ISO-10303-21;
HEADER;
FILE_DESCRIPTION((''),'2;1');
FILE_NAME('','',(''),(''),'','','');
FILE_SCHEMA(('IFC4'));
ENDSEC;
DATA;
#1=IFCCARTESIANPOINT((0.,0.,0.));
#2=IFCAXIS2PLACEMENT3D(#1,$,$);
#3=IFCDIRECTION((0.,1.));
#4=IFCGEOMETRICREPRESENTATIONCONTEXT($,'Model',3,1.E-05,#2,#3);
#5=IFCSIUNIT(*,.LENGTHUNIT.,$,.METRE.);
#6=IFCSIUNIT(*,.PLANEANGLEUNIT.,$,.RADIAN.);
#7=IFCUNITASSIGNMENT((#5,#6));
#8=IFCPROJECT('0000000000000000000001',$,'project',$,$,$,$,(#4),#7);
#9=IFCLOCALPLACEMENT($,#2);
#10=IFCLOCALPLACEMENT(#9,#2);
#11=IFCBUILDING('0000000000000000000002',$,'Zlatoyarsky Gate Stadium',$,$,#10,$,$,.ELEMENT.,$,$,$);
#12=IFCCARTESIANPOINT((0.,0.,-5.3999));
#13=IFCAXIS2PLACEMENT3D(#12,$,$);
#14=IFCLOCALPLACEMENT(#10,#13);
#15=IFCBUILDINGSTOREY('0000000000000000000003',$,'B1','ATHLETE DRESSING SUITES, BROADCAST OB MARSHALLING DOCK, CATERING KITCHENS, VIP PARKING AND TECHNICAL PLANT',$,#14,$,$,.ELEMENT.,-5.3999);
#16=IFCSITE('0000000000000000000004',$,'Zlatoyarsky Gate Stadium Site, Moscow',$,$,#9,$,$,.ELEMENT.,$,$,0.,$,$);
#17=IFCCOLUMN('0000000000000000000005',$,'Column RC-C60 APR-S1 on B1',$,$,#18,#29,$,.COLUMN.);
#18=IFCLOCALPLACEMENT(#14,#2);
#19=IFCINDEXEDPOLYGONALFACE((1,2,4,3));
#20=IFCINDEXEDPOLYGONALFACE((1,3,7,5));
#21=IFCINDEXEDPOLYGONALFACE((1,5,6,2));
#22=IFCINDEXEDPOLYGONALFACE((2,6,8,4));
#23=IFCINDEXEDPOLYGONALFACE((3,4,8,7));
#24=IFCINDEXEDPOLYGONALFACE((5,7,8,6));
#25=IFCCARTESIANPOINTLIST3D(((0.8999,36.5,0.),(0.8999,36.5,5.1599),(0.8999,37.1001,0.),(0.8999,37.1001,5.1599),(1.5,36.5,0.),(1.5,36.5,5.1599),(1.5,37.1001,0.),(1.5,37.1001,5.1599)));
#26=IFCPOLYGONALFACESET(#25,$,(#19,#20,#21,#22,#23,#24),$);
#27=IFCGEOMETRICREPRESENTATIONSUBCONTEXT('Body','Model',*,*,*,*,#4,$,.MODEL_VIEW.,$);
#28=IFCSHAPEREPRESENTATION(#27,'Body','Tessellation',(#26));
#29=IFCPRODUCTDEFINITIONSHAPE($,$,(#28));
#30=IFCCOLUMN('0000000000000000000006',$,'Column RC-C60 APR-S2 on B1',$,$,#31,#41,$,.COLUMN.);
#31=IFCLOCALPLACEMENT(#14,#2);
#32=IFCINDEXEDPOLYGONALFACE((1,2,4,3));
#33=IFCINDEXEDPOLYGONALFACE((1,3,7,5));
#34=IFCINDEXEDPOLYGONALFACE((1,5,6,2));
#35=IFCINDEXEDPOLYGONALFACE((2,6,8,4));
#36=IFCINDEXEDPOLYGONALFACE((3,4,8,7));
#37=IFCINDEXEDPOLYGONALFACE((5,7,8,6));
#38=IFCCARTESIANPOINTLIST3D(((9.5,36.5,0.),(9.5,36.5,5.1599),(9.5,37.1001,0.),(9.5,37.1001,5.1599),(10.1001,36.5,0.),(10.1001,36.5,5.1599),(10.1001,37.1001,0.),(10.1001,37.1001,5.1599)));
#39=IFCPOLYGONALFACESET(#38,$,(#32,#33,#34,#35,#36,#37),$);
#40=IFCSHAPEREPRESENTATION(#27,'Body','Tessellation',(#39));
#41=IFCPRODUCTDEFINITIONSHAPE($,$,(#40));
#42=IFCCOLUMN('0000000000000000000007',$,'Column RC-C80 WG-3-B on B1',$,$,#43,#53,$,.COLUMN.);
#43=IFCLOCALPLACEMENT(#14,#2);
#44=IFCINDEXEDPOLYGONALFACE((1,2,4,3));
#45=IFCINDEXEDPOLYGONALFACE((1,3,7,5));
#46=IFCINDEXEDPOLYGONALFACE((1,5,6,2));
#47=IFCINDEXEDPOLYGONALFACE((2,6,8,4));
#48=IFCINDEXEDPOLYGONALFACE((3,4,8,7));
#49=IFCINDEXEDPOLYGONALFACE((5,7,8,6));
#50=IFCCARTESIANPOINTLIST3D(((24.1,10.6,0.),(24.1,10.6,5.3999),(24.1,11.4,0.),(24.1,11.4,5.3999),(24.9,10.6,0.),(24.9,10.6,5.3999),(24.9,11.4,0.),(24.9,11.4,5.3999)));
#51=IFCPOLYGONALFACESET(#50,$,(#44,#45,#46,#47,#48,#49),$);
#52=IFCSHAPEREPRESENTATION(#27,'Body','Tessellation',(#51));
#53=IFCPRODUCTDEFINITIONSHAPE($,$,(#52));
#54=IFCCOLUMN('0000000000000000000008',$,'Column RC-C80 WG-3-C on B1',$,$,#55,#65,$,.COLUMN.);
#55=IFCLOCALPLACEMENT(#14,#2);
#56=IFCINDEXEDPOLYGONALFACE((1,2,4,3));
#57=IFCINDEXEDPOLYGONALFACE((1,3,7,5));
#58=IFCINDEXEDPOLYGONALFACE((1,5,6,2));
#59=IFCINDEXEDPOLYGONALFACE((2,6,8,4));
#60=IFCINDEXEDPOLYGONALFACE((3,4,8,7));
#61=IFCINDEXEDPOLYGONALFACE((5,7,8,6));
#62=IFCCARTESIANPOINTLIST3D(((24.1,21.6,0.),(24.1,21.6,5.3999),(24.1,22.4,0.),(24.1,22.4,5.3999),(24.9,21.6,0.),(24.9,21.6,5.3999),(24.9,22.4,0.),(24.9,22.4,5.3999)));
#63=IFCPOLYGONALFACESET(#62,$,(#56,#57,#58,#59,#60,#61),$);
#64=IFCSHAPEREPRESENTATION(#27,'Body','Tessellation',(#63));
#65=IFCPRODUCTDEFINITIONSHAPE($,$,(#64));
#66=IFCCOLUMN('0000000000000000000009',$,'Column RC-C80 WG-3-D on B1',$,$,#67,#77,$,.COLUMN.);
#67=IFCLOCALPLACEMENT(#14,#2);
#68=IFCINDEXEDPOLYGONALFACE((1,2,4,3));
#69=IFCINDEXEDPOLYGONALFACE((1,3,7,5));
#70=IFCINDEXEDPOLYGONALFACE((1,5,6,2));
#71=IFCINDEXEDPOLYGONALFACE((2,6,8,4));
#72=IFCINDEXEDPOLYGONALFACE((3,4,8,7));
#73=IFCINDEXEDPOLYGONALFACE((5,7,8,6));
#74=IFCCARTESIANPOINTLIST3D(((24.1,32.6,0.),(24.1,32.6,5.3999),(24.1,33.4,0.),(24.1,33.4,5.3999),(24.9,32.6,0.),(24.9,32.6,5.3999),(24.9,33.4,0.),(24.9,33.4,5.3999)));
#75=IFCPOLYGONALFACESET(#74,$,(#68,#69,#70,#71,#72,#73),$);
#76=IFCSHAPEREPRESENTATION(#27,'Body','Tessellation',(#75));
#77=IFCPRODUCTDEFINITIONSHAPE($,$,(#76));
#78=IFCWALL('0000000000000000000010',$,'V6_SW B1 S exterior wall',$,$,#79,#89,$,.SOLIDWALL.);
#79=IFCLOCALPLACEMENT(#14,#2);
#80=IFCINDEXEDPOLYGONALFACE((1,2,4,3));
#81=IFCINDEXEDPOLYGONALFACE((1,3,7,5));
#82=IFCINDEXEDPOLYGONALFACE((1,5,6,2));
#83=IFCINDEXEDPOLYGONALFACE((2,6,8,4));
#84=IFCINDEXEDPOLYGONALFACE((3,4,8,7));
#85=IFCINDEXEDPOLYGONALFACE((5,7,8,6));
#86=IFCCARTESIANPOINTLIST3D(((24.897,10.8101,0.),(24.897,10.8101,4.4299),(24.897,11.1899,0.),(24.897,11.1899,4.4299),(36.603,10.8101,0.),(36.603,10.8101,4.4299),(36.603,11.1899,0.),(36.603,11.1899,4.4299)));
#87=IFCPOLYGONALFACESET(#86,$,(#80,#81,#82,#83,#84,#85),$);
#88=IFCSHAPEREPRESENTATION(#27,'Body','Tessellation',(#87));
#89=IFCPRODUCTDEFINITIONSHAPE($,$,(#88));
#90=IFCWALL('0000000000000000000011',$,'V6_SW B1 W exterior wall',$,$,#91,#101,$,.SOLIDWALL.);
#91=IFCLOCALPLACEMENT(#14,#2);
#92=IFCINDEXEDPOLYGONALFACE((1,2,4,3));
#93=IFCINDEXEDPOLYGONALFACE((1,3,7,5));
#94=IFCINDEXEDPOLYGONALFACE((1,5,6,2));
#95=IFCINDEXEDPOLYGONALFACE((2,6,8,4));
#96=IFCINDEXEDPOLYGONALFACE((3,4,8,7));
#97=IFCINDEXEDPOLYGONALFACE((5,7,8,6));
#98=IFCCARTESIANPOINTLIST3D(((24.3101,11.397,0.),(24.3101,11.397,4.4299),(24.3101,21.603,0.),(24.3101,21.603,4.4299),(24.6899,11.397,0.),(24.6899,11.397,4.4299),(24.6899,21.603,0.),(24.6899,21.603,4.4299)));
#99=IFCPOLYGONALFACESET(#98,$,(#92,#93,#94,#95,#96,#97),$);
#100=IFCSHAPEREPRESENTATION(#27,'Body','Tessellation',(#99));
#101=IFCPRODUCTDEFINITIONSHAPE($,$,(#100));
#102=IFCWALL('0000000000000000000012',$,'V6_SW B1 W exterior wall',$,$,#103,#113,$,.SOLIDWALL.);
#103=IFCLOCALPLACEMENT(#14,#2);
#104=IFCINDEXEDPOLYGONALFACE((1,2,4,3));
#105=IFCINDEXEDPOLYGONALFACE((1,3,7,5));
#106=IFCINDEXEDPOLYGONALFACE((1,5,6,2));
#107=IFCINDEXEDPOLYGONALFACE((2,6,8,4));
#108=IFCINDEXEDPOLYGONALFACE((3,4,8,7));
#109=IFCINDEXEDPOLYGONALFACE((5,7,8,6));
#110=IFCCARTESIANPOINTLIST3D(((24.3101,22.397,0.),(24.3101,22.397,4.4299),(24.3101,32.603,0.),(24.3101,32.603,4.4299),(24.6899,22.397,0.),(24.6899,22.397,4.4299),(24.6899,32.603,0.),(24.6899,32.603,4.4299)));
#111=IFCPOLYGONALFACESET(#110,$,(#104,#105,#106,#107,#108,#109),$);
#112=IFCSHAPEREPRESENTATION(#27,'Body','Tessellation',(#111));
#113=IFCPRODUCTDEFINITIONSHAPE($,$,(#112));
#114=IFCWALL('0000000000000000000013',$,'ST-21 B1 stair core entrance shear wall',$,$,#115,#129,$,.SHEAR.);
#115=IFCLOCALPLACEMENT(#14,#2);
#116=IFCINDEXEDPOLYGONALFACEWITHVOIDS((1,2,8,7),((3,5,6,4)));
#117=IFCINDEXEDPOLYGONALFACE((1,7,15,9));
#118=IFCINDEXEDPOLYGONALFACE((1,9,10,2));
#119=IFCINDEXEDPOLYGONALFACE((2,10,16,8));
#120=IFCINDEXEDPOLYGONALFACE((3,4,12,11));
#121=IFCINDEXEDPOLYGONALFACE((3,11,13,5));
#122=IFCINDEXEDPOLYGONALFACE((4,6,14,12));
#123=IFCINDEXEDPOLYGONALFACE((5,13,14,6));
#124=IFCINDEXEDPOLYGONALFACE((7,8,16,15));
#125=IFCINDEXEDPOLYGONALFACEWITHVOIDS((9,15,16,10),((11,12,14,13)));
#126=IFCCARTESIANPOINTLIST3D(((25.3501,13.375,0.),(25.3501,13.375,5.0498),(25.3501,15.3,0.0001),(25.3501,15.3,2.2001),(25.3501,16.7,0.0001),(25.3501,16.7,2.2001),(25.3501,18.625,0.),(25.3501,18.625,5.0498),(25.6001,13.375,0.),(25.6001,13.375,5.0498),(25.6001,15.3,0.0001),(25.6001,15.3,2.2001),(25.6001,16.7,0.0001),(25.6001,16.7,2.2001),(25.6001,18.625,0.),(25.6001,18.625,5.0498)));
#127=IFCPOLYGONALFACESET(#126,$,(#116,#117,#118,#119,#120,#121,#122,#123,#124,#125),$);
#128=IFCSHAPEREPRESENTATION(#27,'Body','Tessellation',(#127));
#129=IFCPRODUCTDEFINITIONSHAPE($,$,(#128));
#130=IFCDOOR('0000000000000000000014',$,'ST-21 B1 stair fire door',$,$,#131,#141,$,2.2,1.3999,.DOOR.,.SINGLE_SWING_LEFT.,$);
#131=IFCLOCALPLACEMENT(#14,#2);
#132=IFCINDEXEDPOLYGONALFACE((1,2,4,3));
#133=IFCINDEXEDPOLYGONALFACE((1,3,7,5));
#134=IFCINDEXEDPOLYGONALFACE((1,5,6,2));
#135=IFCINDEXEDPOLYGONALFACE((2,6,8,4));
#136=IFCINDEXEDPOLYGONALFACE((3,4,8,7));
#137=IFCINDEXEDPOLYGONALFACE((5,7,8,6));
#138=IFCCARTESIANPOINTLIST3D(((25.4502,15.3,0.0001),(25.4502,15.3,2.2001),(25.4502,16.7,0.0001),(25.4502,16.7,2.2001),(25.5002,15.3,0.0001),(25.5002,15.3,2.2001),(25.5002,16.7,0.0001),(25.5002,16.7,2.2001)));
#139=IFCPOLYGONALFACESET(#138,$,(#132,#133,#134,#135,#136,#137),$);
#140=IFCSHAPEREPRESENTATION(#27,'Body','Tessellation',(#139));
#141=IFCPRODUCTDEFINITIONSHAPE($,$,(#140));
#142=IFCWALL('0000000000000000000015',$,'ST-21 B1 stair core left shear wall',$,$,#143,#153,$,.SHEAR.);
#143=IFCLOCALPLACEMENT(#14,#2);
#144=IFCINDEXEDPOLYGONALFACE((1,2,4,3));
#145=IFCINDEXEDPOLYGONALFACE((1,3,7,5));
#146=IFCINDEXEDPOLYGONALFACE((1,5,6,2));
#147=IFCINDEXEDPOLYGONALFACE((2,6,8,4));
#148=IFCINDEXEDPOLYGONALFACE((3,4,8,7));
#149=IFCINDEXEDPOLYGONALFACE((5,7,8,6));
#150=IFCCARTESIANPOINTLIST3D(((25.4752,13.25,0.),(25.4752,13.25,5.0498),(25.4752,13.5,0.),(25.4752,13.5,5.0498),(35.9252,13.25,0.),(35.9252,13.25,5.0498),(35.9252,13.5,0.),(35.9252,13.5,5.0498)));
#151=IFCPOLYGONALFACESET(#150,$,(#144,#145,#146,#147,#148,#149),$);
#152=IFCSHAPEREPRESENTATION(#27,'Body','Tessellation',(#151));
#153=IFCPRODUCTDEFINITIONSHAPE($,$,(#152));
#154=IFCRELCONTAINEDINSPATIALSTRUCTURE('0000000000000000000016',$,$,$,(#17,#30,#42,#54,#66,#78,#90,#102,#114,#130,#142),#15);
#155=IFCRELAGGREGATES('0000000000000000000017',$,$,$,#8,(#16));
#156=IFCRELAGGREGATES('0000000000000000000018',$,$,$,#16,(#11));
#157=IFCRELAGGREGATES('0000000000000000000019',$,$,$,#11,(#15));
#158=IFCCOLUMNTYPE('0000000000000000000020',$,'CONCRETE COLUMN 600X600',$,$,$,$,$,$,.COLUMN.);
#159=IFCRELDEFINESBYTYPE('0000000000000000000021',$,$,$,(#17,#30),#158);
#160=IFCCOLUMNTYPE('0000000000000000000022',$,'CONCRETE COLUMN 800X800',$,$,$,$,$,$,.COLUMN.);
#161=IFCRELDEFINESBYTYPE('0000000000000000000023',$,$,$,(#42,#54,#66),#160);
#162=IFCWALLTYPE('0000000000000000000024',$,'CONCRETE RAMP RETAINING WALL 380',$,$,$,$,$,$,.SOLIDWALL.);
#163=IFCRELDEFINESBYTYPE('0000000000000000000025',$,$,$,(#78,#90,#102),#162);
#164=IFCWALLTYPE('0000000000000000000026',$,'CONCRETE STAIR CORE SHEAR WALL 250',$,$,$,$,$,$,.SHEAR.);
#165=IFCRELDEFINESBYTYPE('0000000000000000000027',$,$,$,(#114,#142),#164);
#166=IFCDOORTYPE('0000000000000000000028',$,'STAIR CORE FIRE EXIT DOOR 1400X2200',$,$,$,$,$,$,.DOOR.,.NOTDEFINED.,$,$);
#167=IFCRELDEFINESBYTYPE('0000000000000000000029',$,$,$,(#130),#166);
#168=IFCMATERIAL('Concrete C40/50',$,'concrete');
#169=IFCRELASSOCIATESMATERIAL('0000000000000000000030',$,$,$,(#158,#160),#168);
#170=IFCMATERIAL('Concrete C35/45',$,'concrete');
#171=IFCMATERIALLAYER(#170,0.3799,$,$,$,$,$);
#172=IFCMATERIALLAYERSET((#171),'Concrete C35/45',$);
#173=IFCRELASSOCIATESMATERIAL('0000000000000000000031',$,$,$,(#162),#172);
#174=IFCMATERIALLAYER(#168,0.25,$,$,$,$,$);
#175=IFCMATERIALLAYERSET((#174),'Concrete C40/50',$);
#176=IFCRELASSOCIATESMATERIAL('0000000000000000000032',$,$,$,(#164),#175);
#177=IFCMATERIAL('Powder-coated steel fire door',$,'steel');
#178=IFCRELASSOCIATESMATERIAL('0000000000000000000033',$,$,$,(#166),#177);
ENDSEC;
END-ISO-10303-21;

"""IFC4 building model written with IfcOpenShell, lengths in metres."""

from ifc_helpers import new_model, si_unit, direction, frame, frame_2d, origin, origin_2d, place, context, subcontext, project, spatial, rectangle, extrude, material, layer, layer_set, material_profile, profile_set, type_object, element, fill, save


model = new_model("IFC4")

# Units and contexts
model_context = context("Model", 3, precision=1e-05, world=origin(), true_north=direction((0.0, 1.0)))
body_context = subcontext(model_context, "Body", "Model", "MODEL_VIEW")
ifc_project = project(units=[si_unit("LENGTHUNIT", "METRE"), si_unit("PLANEANGLEUNIT", "RADIAN")], contexts=[model_context])

# Site, building, storey
site_placement = place(None, origin())
site = spatial("IfcSite", under=ifc_project, at=site_placement, Name="Zlatoyarsky Gate Stadium Site, Moscow", CompositionType="ELEMENT", RefElevation=0.0)
building_placement = place(site_placement, origin())
building = spatial("IfcBuilding", under=site, at=building_placement, Name="Zlatoyarsky Gate Stadium", CompositionType="ELEMENT")
storey_placement = place(building_placement, frame((0.0, 0.0, -5.3999)))
storey = spatial("IfcBuildingStorey", under=building, at=storey_placement, Name="B1", Description="ATHLETE DRESSING SUITES, BROADCAST OB MARSHALLING DOCK, CATERING KITCHENS, VIP PARKING AND TECHNICAL PLANT", CompositionType="ELEMENT", Elevation=-5.3999)

# Shared definitions
ifc_material_1 = material(Name="Concrete C35/45", Category="concrete")

# Columns
ifc_material_2 = material(Name="Concrete C40/50", Category="concrete")
ifc_material_profile_1 = material_profile(ifc_material_2, rectangle(XDim=0.6001, YDim=0.6001, at=origin_2d()), Name="RC COL 600X600")
ifc_profile_set_1 = profile_set([ifc_material_profile_1], Name="Concrete C40/50")
column_type_1 = type_object("IfcColumnType", Name="CONCRETE COLUMN 600X600", PredefinedType="COLUMN", material=ifc_profile_set_1)
for number, where, z_axis, x_axis, name in (
    (1, (1.2, 36.8, 0.0), (0.0, 0.0, 1.0), (1.0, 0.0, 0.0), "Column RC-C60 APR-S1 on B1"),
    (2, (9.8, 36.8, 0.0), (0.0, 0.0, 1.0), (1.0, 0.0, 0.0), "Column RC-C60 APR-S2 on B1"),
):
    element("IfcColumn", number, at=place(storey_placement, frame(where, z_axis=z_axis, x_axis=x_axis)), inside=storey, type_object=column_type_1, Name=name, PredefinedType="COLUMN", context=body_context, shape_type="SweptSolid", body=[
        extrude(rectangle(XDim=0.6001, YDim=0.6001, at=origin_2d()), origin(), (0.0, 0.0, 1.0), 5.1599),
    ])
ifc_material_profile_2 = material_profile(ifc_material_2, rectangle(XDim=0.8, YDim=0.8, at=origin_2d()), Name="RC COL 800X800")
ifc_profile_set_2 = profile_set([ifc_material_profile_2], Name="Concrete C40/50")
column_type_2 = type_object("IfcColumnType", Name="CONCRETE COLUMN 800X800", PredefinedType="COLUMN", material=ifc_profile_set_2)
for number, where, z_axis, x_axis, name in (
    (3, (24.5, 11.0, 0.0), (0.0, 0.0, 1.0), (1.0, 0.0, 0.0), "Column RC-C80 WG-3-B on B1"),
    (4, (24.5, 22.0, 0.0), (0.0, 0.0, 1.0), (1.0, 0.0, 0.0), "Column RC-C80 WG-3-C on B1"),
    (5, (24.5, 33.0, 0.0), (0.0, 0.0, 1.0), (1.0, 0.0, 0.0), "Column RC-C80 WG-3-D on B1"),
):
    element("IfcColumn", number, at=place(storey_placement, frame(where, z_axis=z_axis, x_axis=x_axis)), inside=storey, type_object=column_type_2, Name=name, PredefinedType="COLUMN", context=body_context, shape_type="SweptSolid", body=[
        extrude(rectangle(XDim=0.8, YDim=0.8, at=origin_2d()), origin(), (0.0, 0.0, 1.0), 5.3999),
    ])

# Walls
ifc_layer_1 = layer(ifc_material_1, 0.3799)
ifc_layer_set_1 = layer_set([ifc_layer_1], Name="Concrete C35/45")
wall_type_1 = type_object("IfcWallType", Name="CONCRETE RAMP RETAINING WALL 380", PredefinedType="SOLIDWALL", material=ifc_layer_set_1)
wall_1_placement = place(storey_placement, frame((24.897, 11.0, 0.0), z_axis=(0.0, 0.0, 1.0), x_axis=(1.0, 0.0, 0.0)))
element("IfcWall", 6, at=wall_1_placement, inside=storey, type_object=wall_type_1, Name="V6_SW B1 S exterior wall", PredefinedType="SOLIDWALL", context=body_context, shape_type="SweptSolid", body=[
    extrude(rectangle(XDim=11.7061, YDim=0.3799, at=frame_2d((5.853, 0.0))), origin(), (0.0, 0.0, 1.0), 4.4299),
])
for number, where, z_axis, x_axis, name in (
    (7, (24.5, 11.397, 0.0), (0.0, 0.0, 1.0), (0.0, 1.0, 0.0), "V6_SW B1 W exterior wall"),
    (8, (24.5, 22.397, 0.0), (0.0, 0.0, 1.0), (0.0, 1.0, 0.0), "V6_SW B1 W exterior wall"),
):
    element("IfcWall", number, at=place(storey_placement, frame(where, z_axis=z_axis, x_axis=x_axis)), inside=storey, type_object=wall_type_1, Name=name, PredefinedType="SOLIDWALL", context=body_context, shape_type="SweptSolid", body=[
        extrude(rectangle(XDim=10.2061, YDim=0.3799, at=frame_2d((5.103, 0.0))), origin(), (0.0, 0.0, 1.0), 4.4299),
    ])

# Wall, opening, door
ifc_layer_2 = layer(ifc_material_2, 0.25)
ifc_layer_set_2 = layer_set([ifc_layer_2], Name="Concrete C40/50")
wall_type_2 = type_object("IfcWallType", Name="CONCRETE STAIR CORE SHEAR WALL 250", PredefinedType="SHEAR", material=ifc_layer_set_2)
wall_2_placement = place(storey_placement, frame((25.4751, 18.625, 0.0), z_axis=(0.0, 0.0, 1.0), x_axis=(0.0, -1.0, 0.0)))
wall_2 = element("IfcWall", 9, at=wall_2_placement, inside=storey, type_object=wall_type_2, Name="ST-21 B1 stair core entrance shear wall", PredefinedType="SHEAR", context=body_context, shape_type="SweptSolid", body=[
    extrude(rectangle(XDim=5.25, YDim=0.25, at=frame_2d((2.625, 0.0))), origin(), (0.0, 0.0, 1.0), 5.0498),
])
opening_placement = place(wall_2_placement, frame((1.925, 0.0, 0.0)))
opening = element("IfcOpeningElement", 10, at=opening_placement, cuts=wall_2, PredefinedType="OPENING", context=body_context, shape_type="SweptSolid", body=[
    extrude(rectangle(XDim=1.3999, YDim=2.2, at=frame_2d((0.7, 1.1001))), frame((0.0, 0.135, 0.0), z_axis=(0.0, -1.0, 0.0), x_axis=(1.0, 0.0, 0.0)), (0.0, 0.0, 1.0), 0.27),
])
ifc_material_3 = material(Name="Powder-coated steel fire door", Category="steel")
door_type = type_object("IfcDoorType", Name="STAIR CORE FIRE EXIT DOOR 1400X2200", OperationType="NOTDEFINED", PredefinedType="DOOR", material=ifc_material_3)
door_placement = place(opening_placement, frame((1.3999, 0.0, 0.0), z_axis=(0.0, 0.0, 1.0), x_axis=(-1.0, 0.0, 0.0)))
door = element("IfcDoor", 11, at=door_placement, inside=storey, type_object=door_type, Name="ST-21 B1 stair fire door", OperationType="SINGLE_SWING_LEFT", OverallHeight=2.2, OverallWidth=1.3999, PredefinedType="DOOR", context=body_context, shape_type="SweptSolid", body=[
    extrude(rectangle(XDim=1.3999, YDim=2.2, at=frame_2d((0.7, 1.1001))), frame((0.0, 0.0249, 0.0), z_axis=(0.0, -1.0, 0.0), x_axis=(1.0, 0.0, 0.0)), (0.0, 0.0, 1.0), 0.05),
])
fill(opening, door)

# Wall
wall_3_placement = place(storey_placement, frame((25.4751, 13.375, 0.0), z_axis=(0.0, 0.0, 1.0), x_axis=(1.0, 0.0, 0.0)))
element("IfcWall", 12, at=wall_3_placement, inside=storey, type_object=wall_type_2, Name="ST-21 B1 stair core left shear wall", PredefinedType="SHEAR", context=body_context, shape_type="SweptSolid", body=[
    extrude(rectangle(XDim=10.45, YDim=0.25, at=frame_2d((5.2251, 0.0))), origin(), (0.0, 0.0, 1.0), 5.0498),
])

save(model, "model.ifc")
